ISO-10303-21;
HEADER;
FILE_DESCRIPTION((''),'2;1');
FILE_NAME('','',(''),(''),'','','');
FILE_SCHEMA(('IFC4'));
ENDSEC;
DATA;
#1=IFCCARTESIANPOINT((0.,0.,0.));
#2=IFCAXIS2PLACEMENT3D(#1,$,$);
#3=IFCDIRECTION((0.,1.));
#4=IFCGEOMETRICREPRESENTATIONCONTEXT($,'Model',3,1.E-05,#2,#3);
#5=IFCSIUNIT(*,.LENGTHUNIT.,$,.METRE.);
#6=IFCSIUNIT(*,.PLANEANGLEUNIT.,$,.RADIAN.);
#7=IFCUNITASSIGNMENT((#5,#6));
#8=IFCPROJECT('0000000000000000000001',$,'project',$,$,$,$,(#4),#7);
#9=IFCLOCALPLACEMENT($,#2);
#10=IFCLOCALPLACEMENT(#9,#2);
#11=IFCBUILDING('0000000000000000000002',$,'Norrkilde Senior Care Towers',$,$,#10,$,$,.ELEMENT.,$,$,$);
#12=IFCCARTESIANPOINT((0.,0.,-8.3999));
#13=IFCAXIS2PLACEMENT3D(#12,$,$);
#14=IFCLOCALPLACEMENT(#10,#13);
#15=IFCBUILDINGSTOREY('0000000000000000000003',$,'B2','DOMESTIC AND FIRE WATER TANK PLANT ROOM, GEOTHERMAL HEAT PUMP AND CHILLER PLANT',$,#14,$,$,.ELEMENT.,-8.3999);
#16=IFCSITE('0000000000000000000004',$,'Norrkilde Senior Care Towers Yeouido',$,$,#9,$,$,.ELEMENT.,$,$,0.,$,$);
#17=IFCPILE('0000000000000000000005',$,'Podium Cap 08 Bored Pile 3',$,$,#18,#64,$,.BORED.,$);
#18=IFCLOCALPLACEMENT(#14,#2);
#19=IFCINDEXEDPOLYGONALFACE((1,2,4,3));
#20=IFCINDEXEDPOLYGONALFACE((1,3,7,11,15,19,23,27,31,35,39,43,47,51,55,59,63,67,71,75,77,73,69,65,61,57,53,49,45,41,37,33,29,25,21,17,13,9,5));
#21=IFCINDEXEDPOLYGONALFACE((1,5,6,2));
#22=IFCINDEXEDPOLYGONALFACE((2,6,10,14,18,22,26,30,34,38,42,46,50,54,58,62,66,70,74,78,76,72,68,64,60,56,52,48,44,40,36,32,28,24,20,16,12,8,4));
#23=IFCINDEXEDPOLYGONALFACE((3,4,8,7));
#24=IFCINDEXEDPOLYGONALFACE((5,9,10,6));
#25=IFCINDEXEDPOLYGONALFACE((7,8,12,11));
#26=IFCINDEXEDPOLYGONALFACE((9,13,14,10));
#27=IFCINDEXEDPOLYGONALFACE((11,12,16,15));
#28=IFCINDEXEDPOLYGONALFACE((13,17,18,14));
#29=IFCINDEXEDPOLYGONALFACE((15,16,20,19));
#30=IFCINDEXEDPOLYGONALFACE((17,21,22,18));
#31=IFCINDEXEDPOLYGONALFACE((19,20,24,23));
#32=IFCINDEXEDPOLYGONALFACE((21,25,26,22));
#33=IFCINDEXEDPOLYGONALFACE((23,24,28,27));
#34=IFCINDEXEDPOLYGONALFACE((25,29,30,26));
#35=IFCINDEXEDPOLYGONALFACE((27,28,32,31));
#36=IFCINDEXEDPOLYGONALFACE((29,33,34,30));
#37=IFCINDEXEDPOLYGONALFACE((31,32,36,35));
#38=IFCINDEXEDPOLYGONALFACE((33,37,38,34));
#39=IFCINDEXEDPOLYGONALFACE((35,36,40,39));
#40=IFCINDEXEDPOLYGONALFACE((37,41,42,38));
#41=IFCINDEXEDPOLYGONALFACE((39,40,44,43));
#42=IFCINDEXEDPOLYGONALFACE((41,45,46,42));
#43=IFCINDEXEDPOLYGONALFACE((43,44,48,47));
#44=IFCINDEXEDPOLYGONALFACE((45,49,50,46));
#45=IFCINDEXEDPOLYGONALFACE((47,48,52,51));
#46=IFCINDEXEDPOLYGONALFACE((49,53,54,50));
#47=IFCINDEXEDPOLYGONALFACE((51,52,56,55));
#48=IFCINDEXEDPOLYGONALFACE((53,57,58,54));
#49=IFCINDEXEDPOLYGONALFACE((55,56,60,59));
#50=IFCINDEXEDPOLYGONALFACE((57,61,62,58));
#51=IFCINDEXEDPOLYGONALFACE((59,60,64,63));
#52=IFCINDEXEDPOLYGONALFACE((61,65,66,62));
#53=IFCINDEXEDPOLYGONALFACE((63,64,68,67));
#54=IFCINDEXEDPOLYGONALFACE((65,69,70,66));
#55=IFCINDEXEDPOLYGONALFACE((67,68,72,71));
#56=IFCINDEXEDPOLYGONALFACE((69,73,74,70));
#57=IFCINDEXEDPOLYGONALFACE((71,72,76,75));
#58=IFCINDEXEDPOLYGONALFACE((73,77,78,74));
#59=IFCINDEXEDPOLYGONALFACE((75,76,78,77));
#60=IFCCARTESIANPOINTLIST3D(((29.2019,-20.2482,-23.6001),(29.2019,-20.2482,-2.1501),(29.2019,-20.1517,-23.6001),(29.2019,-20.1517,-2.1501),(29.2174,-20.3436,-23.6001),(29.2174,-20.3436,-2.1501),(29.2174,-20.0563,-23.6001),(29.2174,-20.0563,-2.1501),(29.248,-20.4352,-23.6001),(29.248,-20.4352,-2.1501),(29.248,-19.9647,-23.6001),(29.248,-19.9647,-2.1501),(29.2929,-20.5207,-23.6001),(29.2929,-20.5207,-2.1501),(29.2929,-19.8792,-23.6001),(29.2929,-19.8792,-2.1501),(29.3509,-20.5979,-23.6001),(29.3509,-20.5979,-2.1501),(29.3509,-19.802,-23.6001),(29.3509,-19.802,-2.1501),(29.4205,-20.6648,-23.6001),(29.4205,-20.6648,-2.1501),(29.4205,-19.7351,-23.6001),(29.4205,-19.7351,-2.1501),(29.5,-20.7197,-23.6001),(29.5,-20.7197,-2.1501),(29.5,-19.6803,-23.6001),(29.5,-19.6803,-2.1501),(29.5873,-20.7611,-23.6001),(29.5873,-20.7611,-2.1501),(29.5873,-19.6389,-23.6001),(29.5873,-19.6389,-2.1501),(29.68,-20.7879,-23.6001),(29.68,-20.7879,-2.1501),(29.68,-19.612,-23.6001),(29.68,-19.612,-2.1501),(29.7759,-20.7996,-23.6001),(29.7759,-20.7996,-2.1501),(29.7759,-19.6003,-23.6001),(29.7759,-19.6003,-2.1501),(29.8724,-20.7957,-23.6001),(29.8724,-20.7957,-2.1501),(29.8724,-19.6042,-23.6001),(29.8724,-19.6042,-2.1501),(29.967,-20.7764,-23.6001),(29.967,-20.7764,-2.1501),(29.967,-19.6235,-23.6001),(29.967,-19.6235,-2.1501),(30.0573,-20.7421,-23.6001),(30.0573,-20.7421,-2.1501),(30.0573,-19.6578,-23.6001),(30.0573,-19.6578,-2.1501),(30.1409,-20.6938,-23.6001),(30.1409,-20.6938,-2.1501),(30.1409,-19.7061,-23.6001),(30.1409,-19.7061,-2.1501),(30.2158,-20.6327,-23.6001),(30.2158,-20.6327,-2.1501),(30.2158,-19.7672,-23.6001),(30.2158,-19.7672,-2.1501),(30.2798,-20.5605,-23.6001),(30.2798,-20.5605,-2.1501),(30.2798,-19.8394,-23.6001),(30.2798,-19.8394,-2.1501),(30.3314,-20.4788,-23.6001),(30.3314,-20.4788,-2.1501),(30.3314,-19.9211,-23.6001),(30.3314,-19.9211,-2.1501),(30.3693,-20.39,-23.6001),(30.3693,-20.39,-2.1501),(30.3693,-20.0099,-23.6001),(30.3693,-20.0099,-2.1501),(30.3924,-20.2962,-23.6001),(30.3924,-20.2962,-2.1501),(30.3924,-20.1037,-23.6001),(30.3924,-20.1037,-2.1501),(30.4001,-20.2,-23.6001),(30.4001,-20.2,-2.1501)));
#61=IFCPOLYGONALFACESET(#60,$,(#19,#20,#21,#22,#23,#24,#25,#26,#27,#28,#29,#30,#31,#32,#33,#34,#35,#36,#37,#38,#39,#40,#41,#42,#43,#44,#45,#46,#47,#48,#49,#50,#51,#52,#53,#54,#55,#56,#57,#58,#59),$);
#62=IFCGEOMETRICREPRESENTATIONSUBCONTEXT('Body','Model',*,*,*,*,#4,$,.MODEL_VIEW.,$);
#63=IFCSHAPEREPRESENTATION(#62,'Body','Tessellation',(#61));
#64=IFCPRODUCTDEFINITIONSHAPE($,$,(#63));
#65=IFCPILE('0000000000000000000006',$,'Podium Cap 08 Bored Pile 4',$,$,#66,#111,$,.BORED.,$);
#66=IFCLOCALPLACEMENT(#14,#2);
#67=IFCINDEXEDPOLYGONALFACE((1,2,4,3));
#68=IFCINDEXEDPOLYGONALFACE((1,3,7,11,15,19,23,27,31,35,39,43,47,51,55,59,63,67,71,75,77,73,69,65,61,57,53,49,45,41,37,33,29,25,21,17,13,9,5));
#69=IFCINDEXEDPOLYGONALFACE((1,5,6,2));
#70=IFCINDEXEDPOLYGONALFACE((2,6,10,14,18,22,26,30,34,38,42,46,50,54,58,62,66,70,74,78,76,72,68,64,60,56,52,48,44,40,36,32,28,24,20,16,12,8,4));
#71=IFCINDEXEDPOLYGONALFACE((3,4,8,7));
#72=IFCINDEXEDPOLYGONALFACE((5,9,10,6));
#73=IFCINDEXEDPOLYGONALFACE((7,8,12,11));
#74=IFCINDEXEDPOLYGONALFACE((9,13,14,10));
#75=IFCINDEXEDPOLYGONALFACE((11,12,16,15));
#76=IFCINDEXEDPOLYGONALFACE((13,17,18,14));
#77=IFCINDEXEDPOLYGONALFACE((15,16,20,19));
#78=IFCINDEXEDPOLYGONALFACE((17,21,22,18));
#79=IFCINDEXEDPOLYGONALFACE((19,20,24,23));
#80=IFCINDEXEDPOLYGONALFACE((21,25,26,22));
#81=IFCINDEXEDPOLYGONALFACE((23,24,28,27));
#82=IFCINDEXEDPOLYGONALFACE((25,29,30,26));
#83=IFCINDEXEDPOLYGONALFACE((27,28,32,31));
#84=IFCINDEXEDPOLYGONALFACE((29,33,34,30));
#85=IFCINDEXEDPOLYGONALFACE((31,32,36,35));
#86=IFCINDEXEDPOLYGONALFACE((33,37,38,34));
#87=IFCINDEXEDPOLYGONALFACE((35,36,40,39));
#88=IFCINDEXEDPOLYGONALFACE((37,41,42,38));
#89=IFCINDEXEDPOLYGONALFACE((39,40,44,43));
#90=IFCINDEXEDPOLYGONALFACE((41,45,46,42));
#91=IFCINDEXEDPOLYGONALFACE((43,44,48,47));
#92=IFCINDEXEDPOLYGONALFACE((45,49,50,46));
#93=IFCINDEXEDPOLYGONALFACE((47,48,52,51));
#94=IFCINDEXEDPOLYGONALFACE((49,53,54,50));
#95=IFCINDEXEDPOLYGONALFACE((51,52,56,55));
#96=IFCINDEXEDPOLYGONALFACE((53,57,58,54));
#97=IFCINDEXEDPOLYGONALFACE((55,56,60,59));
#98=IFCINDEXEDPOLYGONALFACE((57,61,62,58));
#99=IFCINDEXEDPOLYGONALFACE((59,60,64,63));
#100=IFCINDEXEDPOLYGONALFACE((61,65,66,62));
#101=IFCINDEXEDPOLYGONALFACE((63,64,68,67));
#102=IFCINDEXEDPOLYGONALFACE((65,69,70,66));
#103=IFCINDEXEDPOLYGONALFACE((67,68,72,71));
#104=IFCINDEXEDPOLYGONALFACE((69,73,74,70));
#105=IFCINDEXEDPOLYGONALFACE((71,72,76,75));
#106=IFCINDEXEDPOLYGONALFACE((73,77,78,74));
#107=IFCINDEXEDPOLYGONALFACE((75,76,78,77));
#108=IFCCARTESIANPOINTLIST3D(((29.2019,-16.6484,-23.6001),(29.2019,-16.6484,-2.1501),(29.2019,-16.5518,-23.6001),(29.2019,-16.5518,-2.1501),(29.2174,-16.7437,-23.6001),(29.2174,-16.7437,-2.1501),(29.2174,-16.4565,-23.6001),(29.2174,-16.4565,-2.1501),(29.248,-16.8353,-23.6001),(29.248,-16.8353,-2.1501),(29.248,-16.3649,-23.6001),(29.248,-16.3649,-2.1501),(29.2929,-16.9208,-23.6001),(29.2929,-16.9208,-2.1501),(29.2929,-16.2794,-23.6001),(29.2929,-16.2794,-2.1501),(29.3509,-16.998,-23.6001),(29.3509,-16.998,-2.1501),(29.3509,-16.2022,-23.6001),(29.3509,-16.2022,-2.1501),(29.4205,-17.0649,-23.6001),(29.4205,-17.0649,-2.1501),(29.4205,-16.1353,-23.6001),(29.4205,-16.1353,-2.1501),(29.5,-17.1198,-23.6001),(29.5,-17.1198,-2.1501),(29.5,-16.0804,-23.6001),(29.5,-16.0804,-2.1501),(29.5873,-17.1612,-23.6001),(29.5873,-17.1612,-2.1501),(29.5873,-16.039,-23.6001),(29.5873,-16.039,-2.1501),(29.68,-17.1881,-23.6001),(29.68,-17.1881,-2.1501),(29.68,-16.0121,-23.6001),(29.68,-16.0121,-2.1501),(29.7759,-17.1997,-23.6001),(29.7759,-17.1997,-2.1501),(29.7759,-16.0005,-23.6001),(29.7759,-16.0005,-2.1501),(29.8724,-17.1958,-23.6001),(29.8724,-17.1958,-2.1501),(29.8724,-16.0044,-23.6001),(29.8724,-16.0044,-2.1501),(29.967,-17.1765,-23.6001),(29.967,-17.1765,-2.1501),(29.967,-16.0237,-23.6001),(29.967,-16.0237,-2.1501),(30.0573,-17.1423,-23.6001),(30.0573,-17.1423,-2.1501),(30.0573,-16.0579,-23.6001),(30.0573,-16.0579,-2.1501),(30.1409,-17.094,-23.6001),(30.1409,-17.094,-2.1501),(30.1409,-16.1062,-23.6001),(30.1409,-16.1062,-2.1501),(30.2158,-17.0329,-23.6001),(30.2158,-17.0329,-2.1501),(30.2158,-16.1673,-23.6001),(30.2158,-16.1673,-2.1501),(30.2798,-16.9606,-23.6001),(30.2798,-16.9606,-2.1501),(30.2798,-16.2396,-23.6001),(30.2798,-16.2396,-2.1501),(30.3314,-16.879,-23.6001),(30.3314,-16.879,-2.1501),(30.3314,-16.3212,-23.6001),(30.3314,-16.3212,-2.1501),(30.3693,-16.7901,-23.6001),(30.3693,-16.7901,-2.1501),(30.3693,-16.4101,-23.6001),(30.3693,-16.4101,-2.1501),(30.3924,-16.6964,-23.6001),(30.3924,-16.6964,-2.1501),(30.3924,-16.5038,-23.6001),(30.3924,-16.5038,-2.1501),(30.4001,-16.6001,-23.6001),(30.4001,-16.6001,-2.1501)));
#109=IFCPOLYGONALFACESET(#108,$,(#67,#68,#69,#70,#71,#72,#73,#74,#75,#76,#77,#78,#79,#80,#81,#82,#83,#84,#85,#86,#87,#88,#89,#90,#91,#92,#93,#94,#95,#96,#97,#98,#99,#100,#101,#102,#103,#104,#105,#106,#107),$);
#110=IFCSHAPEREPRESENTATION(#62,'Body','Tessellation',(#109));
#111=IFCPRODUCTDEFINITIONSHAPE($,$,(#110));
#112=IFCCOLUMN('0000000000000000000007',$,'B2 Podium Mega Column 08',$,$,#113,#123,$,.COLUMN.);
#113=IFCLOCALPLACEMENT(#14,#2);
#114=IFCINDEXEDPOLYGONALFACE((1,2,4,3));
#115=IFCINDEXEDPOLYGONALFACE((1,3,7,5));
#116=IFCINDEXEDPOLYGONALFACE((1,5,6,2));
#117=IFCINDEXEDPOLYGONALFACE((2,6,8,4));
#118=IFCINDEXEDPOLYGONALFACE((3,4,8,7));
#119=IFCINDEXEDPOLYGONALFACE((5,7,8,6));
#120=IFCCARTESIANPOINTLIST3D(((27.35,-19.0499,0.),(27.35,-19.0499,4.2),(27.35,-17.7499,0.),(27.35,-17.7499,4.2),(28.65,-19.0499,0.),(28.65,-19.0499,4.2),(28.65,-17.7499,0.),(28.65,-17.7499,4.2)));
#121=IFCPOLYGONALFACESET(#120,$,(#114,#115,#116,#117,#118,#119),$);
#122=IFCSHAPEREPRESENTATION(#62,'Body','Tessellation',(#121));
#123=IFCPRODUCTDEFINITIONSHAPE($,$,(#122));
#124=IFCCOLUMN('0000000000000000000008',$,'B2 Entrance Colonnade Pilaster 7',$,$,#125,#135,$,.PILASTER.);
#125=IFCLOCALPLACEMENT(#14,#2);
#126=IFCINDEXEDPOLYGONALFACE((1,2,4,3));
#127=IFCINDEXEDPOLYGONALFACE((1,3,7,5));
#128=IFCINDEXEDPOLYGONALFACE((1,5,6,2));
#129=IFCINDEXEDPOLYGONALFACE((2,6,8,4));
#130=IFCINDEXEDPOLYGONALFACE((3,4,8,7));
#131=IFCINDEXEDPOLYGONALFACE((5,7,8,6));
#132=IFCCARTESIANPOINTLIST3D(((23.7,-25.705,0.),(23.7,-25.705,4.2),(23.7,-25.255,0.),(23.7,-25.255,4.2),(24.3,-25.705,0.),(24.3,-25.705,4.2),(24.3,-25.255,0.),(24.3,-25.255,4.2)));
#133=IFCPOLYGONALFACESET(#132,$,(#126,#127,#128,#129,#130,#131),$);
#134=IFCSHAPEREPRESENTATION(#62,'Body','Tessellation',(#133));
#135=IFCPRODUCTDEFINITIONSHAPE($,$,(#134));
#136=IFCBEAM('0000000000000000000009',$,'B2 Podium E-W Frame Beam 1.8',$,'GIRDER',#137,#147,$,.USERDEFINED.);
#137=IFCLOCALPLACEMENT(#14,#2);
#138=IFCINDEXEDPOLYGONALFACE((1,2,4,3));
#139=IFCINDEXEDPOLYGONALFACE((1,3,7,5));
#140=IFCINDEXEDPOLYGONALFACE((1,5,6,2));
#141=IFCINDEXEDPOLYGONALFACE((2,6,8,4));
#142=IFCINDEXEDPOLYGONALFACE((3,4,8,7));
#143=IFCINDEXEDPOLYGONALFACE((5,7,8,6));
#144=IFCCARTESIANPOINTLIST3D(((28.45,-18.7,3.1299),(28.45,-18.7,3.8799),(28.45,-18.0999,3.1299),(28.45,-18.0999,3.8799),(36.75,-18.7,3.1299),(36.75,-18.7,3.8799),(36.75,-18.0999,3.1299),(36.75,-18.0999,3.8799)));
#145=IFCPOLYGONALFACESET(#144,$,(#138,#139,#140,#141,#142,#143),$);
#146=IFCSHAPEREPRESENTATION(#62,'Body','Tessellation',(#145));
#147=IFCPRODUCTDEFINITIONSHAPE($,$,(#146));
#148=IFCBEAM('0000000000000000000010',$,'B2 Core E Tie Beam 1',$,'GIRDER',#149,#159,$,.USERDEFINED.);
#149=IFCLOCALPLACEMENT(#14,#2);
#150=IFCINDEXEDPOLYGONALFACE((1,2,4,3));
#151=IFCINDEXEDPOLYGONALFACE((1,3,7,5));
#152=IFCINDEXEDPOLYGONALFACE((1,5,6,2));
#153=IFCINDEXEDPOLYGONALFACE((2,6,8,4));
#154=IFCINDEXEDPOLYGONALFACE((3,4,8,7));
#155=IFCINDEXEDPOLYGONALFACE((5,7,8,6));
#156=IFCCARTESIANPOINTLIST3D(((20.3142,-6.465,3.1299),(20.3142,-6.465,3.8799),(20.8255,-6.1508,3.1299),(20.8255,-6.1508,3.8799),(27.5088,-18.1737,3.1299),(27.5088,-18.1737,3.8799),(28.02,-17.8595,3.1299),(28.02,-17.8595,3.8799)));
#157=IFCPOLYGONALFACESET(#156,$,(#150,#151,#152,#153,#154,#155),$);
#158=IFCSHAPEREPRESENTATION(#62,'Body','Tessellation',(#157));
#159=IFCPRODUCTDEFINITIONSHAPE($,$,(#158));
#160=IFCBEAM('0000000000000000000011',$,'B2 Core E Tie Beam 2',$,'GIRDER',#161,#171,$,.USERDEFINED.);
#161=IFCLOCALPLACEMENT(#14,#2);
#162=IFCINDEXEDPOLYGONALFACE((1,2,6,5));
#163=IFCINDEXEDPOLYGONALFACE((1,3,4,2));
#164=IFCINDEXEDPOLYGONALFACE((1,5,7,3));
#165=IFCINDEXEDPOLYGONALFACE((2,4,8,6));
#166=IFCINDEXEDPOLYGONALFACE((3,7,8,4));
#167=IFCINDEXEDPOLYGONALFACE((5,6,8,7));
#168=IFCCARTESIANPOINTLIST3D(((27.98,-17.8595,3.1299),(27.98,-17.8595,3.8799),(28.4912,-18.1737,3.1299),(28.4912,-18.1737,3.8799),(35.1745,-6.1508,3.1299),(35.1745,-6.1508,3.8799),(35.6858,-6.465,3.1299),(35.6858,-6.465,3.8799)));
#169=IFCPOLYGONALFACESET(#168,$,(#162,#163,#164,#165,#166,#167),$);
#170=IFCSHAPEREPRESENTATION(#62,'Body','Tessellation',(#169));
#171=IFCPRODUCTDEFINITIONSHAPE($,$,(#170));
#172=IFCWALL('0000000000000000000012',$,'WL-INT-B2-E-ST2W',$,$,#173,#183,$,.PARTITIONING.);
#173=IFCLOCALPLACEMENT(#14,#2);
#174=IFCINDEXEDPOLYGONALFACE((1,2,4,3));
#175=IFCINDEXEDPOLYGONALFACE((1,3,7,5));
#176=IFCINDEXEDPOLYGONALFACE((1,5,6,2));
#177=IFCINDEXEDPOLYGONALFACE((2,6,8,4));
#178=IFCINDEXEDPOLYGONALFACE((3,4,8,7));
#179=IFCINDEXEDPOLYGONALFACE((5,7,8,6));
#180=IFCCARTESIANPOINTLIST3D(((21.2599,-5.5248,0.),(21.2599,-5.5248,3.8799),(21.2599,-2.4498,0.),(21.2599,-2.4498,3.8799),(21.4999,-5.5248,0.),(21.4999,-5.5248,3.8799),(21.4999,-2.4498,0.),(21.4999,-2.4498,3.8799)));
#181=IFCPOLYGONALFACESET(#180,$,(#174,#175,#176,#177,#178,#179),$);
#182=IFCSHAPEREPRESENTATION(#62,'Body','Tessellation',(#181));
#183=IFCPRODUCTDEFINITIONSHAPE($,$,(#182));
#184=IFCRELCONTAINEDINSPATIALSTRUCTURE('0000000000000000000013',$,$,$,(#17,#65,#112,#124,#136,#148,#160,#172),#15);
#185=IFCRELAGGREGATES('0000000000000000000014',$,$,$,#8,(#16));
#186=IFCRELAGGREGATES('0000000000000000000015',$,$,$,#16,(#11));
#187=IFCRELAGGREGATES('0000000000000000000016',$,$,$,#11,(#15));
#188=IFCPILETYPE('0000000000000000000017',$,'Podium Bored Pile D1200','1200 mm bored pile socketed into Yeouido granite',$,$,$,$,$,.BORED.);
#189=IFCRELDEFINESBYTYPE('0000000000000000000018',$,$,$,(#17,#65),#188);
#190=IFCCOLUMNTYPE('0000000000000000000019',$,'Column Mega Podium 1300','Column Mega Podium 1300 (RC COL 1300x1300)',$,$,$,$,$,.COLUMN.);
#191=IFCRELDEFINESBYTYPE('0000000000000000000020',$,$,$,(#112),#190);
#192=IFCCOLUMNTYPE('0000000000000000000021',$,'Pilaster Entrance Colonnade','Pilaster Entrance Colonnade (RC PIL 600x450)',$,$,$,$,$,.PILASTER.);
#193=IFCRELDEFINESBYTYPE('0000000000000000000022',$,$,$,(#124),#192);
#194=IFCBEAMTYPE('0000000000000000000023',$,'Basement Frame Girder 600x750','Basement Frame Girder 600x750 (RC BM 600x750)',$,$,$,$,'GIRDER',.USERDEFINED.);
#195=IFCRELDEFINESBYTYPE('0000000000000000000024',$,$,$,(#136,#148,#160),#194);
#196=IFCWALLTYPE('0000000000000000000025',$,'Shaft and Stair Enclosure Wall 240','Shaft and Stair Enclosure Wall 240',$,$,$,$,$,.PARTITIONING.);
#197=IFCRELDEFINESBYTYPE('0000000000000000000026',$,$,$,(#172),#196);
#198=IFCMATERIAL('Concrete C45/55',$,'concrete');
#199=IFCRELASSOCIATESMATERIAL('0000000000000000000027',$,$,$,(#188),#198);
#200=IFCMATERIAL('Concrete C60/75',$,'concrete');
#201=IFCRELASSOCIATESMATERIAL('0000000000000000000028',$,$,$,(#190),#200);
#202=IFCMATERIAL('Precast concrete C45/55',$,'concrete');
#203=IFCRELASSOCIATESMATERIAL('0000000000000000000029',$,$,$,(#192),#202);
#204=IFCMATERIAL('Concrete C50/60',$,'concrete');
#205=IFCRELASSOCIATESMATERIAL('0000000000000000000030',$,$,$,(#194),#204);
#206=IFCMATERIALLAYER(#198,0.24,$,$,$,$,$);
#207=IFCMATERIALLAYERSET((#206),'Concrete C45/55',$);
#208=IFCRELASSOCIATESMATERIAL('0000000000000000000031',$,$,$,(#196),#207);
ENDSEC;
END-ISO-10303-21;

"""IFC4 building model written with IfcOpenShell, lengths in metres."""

from ifc_helpers import new_model, si_unit, direction, frame, frame_2d, origin, origin_2d, place, context, subcontext, project, spatial, rectangle, circle, extrude, source, transform, mapped, material, layer, layer_set, material_profile, profile_set, type_object, type_shapes, element, save


model = new_model("IFC4")

# Units and contexts
model_context = context("Model", 3, precision=1e-05, world=origin(), true_north=direction((0.0, 1.0)))
body_context = subcontext(model_context, "Body", "Model", "MODEL_VIEW")
ifc_project = project(units=[si_unit("LENGTHUNIT", "METRE"), si_unit("PLANEANGLEUNIT", "RADIAN")], contexts=[model_context])

# Site, building, storey
site_placement = place(None, origin())
site = spatial("IfcSite", under=ifc_project, at=site_placement, Name="Norrkilde Senior Care Towers Yeouido", CompositionType="ELEMENT", RefElevation=0.0)
building_placement = place(site_placement, origin())
building = spatial("IfcBuilding", under=site, at=building_placement, Name="Norrkilde Senior Care Towers", CompositionType="ELEMENT")
storey_placement = place(building_placement, frame((0.0, 0.0, -8.3999)))
storey = spatial("IfcBuildingStorey", under=building, at=storey_placement, Name="B2", Description="DOMESTIC AND FIRE WATER TANK PLANT ROOM, GEOTHERMAL HEAT PUMP AND CHILLER PLANT", CompositionType="ELEMENT", Elevation=-8.3999)

# Piles
ifc_material_1 = material(Name="Concrete C45/55", Category="concrete")
ifc_material_profile_1 = material_profile(ifc_material_1, circle(Radius=0.6001, at=origin_2d()), Name="BORED PILE 1200")
ifc_profile_set_1 = profile_set([ifc_material_profile_1], Name="Concrete C45/55")
pile_type_1 = type_object("IfcPileType", Name="Podium Bored Pile D1200", Description="1200 mm bored pile socketed into Yeouido granite", PredefinedType="BORED", material=ifc_profile_set_1)
shared_shape_1 = source(origin(), body_context, "Body", "SweptSolid", [
    extrude(circle(Radius=0.6001, at=origin_2d()), origin(), (0.0, 0.0, 1.0), 21.45),
])
type_shapes(pile_type_1, [shared_shape_1])
for number, where, z_axis, x_axis, name in (
    (1, (29.8, -20.2, -2.1501), (0.0, 0.0, -1.0), (1.0, 0.0, 0.0), "Podium Cap 08 Bored Pile 3"),
    (2, (29.8, -16.6001, -2.1501), (0.0, 0.0, -1.0), (1.0, 0.0, 0.0), "Podium Cap 08 Bored Pile 4"),
):
    element("IfcPile", number, at=place(storey_placement, frame(where, z_axis=z_axis, x_axis=x_axis)), inside=storey, type_object=pile_type_1, Name=name, PredefinedType="BORED", context=body_context, shape_type="MappedRepresentation", body=[
        mapped(shared_shape_1, transform((0.0, 0.0, 0.0), x_axis=(1.0, 0.0, 0.0), y_axis=(0.0, 1.0, 0.0), z_axis=(0.0, 0.0, 1.0), scale=1.0)),
    ])

# Columns
ifc_material_2 = material(Name="Concrete C60/75", Category="concrete")
ifc_material_profile_2 = material_profile(ifc_material_2, rectangle(XDim=1.3, YDim=1.3, at=origin_2d()), Name="RC COL 1300x1300")
ifc_profile_set_2 = profile_set([ifc_material_profile_2], Name="Concrete C60/75")
column_type_1 = type_object("IfcColumnType", Name="Column Mega Podium 1300", Description="Column Mega Podium 1300 (RC COL 1300x1300)", PredefinedType="COLUMN", material=ifc_profile_set_2)
shared_shape_2 = source(origin(), body_context, "Body", "SweptSolid", [
    extrude(rectangle(XDim=1.3, YDim=1.3, at=origin_2d()), origin(), (0.0, 0.0, 1.0), 4.2),
])
type_shapes(column_type_1, [shared_shape_2])
column_1_placement = place(storey_placement, frame((28.0, -18.3999, 0.0), z_axis=(0.0, 0.0, 1.0), x_axis=(1.0, 0.0, 0.0)))
element("IfcColumn", 3, at=column_1_placement, inside=storey, type_object=column_type_1, Name="B2 Podium Mega Column 08", PredefinedType="COLUMN", context=body_context, shape_type="MappedRepresentation", body=[
    mapped(shared_shape_2, transform((0.0, 0.0, 0.0), x_axis=(1.0, 0.0, 0.0), y_axis=(0.0, 1.0, 0.0), z_axis=(0.0, 0.0, 1.0), scale=1.0)),
])
ifc_material_3 = material(Name="Precast concrete C45/55", Category="concrete")
ifc_material_profile_3 = material_profile(ifc_material_3, rectangle(XDim=0.6001, YDim=0.45, at=origin_2d()), Name="RC PIL 600x450")
ifc_profile_set_3 = profile_set([ifc_material_profile_3], Name="Precast concrete C45/55")
column_type_2 = type_object("IfcColumnType", Name="Pilaster Entrance Colonnade", Description="Pilaster Entrance Colonnade (RC PIL 600x450)", PredefinedType="PILASTER", material=ifc_profile_set_3)
shared_shape_3 = source(origin(), body_context, "Body", "SweptSolid", [
    extrude(rectangle(XDim=0.6001, YDim=0.45, at=origin_2d()), origin(), (0.0, 0.0, 1.0), 4.2),
])
type_shapes(column_type_2, [shared_shape_3])
column_2_placement = place(storey_placement, frame((24.0, -25.48, 0.0), z_axis=(0.0, 0.0, 1.0), x_axis=(1.0, 0.0, 0.0)))
element("IfcColumn", 4, at=column_2_placement, inside=storey, type_object=column_type_2, Name="B2 Entrance Colonnade Pilaster 7", PredefinedType="PILASTER", context=body_context, shape_type="MappedRepresentation", body=[
    mapped(shared_shape_3, transform((0.0, 0.0, 0.0), x_axis=(1.0, 0.0, 0.0), y_axis=(0.0, 1.0, 0.0), z_axis=(0.0, 0.0, 1.0), scale=1.0)),
])

# Beams
ifc_material_4 = material(Name="Concrete C50/60", Category="concrete")
ifc_material_profile_4 = material_profile(ifc_material_4, rectangle(XDim=0.6001, YDim=0.75, at=origin_2d()), Name="RC BM 600x750")
ifc_profile_set_4 = profile_set([ifc_material_profile_4], Name="Concrete C50/60")
beam_type = type_object("IfcBeamType", Name="Basement Frame Girder 600x750", Description="Basement Frame Girder 600x750 (RC BM 600x750)", ElementType="GIRDER", PredefinedType="USERDEFINED", material=ifc_profile_set_4)
shared_shape_4 = source(origin(), body_context, "Body", "SweptSolid", [
    extrude(rectangle(XDim=0.6001, YDim=0.75, at=origin_2d()), origin(), (0.0, 0.0, 1.0), 8.3),
])
beam_placement = place(storey_placement, frame((28.45, -18.3999, 3.5049), z_axis=(1.0, 0.0, 0.0), x_axis=(0.0, 1.0, 0.0)))
element("IfcBeam", 5, at=beam_placement, inside=storey, type_object=beam_type, Name="B2 Podium E-W Frame Beam 1.8", ObjectType="GIRDER", PredefinedType="USERDEFINED", context=body_context, shape_type="MappedRepresentation", body=[
    mapped(shared_shape_4, transform((0.0, 0.0, 0.0), x_axis=(1.0, 0.0, 0.0), y_axis=(0.0, 1.0, 0.0), z_axis=(0.0, 0.0, 1.0), scale=1.0)),
])
shared_shape_5 = source(origin(), body_context, "Body", "SweptSolid", [
    extrude(rectangle(XDim=0.6001, YDim=0.75, at=origin_2d()), origin(), (0.0, 0.0, 1.0), 13.7424),
])
type_shapes(beam_type, [shared_shape_4, shared_shape_5])
for number, where, z_axis, x_axis, name in (
    (6, (27.7644, -18.0166, 3.5049), (-0.523527, 0.852009, 0.0), (-0.852009, -0.523527, 0.0), "B2 Core E Tie Beam 1"),
    (7, (28.2356, -18.0166, 3.5049), (0.523527, 0.852009, 0.0), (-0.852009, 0.523527, 0.0), "B2 Core E Tie Beam 2"),
):
    element("IfcBeam", number, at=place(storey_placement, frame(where, z_axis=z_axis, x_axis=x_axis)), inside=storey, type_object=beam_type, Name=name, ObjectType="GIRDER", PredefinedType="USERDEFINED", context=body_context, shape_type="MappedRepresentation", body=[
        mapped(shared_shape_5, transform((0.0, 0.0, 0.0), x_axis=(1.0, 0.0, 0.0), y_axis=(0.0, 1.0, 0.0), z_axis=(0.0, 0.0, 1.0), scale=1.0)),
    ])

# Wall
ifc_layer_1 = layer(ifc_material_1, 0.24)
ifc_layer_set_1 = layer_set([ifc_layer_1], Name="Concrete C45/55")
wall_type_1 = type_object("IfcWallType", Name="Shaft and Stair Enclosure Wall 240", Description="Shaft and Stair Enclosure Wall 240", PredefinedType="PARTITIONING", material=ifc_layer_set_1)
shared_shape_6 = source(origin(), body_context, "Body", "SweptSolid", [
    extrude(rectangle(XDim=3.075, YDim=0.24, at=frame_2d((1.5376, 0.0))), origin(), (0.0, 0.0, 1.0), 3.8799),
])
type_shapes(wall_type_1, [shared_shape_6])
for number, where, z_axis, x_axis, name in (
    (8, (21.3799, -5.5249, 0.0), (0.0, 0.0, 1.0), (0.0, 1.0, 0.0), "WL-INT-B2-E-ST2W"),
):
    element("IfcWall", number, at=place(storey_placement, frame(where, z_axis=z_axis, x_axis=x_axis)), inside=storey, type_object=wall_type_1, Name=name, PredefinedType="PARTITIONING", context=body_context, shape_type="MappedRepresentation", body=[
        mapped(shared_shape_6, transform((0.0, 0.0, 0.0), x_axis=(1.0, 0.0, 0.0), y_axis=(0.0, 1.0, 0.0), z_axis=(0.0, 0.0, 1.0), scale=1.0)),
    ])

save(model, "model.ifc")
